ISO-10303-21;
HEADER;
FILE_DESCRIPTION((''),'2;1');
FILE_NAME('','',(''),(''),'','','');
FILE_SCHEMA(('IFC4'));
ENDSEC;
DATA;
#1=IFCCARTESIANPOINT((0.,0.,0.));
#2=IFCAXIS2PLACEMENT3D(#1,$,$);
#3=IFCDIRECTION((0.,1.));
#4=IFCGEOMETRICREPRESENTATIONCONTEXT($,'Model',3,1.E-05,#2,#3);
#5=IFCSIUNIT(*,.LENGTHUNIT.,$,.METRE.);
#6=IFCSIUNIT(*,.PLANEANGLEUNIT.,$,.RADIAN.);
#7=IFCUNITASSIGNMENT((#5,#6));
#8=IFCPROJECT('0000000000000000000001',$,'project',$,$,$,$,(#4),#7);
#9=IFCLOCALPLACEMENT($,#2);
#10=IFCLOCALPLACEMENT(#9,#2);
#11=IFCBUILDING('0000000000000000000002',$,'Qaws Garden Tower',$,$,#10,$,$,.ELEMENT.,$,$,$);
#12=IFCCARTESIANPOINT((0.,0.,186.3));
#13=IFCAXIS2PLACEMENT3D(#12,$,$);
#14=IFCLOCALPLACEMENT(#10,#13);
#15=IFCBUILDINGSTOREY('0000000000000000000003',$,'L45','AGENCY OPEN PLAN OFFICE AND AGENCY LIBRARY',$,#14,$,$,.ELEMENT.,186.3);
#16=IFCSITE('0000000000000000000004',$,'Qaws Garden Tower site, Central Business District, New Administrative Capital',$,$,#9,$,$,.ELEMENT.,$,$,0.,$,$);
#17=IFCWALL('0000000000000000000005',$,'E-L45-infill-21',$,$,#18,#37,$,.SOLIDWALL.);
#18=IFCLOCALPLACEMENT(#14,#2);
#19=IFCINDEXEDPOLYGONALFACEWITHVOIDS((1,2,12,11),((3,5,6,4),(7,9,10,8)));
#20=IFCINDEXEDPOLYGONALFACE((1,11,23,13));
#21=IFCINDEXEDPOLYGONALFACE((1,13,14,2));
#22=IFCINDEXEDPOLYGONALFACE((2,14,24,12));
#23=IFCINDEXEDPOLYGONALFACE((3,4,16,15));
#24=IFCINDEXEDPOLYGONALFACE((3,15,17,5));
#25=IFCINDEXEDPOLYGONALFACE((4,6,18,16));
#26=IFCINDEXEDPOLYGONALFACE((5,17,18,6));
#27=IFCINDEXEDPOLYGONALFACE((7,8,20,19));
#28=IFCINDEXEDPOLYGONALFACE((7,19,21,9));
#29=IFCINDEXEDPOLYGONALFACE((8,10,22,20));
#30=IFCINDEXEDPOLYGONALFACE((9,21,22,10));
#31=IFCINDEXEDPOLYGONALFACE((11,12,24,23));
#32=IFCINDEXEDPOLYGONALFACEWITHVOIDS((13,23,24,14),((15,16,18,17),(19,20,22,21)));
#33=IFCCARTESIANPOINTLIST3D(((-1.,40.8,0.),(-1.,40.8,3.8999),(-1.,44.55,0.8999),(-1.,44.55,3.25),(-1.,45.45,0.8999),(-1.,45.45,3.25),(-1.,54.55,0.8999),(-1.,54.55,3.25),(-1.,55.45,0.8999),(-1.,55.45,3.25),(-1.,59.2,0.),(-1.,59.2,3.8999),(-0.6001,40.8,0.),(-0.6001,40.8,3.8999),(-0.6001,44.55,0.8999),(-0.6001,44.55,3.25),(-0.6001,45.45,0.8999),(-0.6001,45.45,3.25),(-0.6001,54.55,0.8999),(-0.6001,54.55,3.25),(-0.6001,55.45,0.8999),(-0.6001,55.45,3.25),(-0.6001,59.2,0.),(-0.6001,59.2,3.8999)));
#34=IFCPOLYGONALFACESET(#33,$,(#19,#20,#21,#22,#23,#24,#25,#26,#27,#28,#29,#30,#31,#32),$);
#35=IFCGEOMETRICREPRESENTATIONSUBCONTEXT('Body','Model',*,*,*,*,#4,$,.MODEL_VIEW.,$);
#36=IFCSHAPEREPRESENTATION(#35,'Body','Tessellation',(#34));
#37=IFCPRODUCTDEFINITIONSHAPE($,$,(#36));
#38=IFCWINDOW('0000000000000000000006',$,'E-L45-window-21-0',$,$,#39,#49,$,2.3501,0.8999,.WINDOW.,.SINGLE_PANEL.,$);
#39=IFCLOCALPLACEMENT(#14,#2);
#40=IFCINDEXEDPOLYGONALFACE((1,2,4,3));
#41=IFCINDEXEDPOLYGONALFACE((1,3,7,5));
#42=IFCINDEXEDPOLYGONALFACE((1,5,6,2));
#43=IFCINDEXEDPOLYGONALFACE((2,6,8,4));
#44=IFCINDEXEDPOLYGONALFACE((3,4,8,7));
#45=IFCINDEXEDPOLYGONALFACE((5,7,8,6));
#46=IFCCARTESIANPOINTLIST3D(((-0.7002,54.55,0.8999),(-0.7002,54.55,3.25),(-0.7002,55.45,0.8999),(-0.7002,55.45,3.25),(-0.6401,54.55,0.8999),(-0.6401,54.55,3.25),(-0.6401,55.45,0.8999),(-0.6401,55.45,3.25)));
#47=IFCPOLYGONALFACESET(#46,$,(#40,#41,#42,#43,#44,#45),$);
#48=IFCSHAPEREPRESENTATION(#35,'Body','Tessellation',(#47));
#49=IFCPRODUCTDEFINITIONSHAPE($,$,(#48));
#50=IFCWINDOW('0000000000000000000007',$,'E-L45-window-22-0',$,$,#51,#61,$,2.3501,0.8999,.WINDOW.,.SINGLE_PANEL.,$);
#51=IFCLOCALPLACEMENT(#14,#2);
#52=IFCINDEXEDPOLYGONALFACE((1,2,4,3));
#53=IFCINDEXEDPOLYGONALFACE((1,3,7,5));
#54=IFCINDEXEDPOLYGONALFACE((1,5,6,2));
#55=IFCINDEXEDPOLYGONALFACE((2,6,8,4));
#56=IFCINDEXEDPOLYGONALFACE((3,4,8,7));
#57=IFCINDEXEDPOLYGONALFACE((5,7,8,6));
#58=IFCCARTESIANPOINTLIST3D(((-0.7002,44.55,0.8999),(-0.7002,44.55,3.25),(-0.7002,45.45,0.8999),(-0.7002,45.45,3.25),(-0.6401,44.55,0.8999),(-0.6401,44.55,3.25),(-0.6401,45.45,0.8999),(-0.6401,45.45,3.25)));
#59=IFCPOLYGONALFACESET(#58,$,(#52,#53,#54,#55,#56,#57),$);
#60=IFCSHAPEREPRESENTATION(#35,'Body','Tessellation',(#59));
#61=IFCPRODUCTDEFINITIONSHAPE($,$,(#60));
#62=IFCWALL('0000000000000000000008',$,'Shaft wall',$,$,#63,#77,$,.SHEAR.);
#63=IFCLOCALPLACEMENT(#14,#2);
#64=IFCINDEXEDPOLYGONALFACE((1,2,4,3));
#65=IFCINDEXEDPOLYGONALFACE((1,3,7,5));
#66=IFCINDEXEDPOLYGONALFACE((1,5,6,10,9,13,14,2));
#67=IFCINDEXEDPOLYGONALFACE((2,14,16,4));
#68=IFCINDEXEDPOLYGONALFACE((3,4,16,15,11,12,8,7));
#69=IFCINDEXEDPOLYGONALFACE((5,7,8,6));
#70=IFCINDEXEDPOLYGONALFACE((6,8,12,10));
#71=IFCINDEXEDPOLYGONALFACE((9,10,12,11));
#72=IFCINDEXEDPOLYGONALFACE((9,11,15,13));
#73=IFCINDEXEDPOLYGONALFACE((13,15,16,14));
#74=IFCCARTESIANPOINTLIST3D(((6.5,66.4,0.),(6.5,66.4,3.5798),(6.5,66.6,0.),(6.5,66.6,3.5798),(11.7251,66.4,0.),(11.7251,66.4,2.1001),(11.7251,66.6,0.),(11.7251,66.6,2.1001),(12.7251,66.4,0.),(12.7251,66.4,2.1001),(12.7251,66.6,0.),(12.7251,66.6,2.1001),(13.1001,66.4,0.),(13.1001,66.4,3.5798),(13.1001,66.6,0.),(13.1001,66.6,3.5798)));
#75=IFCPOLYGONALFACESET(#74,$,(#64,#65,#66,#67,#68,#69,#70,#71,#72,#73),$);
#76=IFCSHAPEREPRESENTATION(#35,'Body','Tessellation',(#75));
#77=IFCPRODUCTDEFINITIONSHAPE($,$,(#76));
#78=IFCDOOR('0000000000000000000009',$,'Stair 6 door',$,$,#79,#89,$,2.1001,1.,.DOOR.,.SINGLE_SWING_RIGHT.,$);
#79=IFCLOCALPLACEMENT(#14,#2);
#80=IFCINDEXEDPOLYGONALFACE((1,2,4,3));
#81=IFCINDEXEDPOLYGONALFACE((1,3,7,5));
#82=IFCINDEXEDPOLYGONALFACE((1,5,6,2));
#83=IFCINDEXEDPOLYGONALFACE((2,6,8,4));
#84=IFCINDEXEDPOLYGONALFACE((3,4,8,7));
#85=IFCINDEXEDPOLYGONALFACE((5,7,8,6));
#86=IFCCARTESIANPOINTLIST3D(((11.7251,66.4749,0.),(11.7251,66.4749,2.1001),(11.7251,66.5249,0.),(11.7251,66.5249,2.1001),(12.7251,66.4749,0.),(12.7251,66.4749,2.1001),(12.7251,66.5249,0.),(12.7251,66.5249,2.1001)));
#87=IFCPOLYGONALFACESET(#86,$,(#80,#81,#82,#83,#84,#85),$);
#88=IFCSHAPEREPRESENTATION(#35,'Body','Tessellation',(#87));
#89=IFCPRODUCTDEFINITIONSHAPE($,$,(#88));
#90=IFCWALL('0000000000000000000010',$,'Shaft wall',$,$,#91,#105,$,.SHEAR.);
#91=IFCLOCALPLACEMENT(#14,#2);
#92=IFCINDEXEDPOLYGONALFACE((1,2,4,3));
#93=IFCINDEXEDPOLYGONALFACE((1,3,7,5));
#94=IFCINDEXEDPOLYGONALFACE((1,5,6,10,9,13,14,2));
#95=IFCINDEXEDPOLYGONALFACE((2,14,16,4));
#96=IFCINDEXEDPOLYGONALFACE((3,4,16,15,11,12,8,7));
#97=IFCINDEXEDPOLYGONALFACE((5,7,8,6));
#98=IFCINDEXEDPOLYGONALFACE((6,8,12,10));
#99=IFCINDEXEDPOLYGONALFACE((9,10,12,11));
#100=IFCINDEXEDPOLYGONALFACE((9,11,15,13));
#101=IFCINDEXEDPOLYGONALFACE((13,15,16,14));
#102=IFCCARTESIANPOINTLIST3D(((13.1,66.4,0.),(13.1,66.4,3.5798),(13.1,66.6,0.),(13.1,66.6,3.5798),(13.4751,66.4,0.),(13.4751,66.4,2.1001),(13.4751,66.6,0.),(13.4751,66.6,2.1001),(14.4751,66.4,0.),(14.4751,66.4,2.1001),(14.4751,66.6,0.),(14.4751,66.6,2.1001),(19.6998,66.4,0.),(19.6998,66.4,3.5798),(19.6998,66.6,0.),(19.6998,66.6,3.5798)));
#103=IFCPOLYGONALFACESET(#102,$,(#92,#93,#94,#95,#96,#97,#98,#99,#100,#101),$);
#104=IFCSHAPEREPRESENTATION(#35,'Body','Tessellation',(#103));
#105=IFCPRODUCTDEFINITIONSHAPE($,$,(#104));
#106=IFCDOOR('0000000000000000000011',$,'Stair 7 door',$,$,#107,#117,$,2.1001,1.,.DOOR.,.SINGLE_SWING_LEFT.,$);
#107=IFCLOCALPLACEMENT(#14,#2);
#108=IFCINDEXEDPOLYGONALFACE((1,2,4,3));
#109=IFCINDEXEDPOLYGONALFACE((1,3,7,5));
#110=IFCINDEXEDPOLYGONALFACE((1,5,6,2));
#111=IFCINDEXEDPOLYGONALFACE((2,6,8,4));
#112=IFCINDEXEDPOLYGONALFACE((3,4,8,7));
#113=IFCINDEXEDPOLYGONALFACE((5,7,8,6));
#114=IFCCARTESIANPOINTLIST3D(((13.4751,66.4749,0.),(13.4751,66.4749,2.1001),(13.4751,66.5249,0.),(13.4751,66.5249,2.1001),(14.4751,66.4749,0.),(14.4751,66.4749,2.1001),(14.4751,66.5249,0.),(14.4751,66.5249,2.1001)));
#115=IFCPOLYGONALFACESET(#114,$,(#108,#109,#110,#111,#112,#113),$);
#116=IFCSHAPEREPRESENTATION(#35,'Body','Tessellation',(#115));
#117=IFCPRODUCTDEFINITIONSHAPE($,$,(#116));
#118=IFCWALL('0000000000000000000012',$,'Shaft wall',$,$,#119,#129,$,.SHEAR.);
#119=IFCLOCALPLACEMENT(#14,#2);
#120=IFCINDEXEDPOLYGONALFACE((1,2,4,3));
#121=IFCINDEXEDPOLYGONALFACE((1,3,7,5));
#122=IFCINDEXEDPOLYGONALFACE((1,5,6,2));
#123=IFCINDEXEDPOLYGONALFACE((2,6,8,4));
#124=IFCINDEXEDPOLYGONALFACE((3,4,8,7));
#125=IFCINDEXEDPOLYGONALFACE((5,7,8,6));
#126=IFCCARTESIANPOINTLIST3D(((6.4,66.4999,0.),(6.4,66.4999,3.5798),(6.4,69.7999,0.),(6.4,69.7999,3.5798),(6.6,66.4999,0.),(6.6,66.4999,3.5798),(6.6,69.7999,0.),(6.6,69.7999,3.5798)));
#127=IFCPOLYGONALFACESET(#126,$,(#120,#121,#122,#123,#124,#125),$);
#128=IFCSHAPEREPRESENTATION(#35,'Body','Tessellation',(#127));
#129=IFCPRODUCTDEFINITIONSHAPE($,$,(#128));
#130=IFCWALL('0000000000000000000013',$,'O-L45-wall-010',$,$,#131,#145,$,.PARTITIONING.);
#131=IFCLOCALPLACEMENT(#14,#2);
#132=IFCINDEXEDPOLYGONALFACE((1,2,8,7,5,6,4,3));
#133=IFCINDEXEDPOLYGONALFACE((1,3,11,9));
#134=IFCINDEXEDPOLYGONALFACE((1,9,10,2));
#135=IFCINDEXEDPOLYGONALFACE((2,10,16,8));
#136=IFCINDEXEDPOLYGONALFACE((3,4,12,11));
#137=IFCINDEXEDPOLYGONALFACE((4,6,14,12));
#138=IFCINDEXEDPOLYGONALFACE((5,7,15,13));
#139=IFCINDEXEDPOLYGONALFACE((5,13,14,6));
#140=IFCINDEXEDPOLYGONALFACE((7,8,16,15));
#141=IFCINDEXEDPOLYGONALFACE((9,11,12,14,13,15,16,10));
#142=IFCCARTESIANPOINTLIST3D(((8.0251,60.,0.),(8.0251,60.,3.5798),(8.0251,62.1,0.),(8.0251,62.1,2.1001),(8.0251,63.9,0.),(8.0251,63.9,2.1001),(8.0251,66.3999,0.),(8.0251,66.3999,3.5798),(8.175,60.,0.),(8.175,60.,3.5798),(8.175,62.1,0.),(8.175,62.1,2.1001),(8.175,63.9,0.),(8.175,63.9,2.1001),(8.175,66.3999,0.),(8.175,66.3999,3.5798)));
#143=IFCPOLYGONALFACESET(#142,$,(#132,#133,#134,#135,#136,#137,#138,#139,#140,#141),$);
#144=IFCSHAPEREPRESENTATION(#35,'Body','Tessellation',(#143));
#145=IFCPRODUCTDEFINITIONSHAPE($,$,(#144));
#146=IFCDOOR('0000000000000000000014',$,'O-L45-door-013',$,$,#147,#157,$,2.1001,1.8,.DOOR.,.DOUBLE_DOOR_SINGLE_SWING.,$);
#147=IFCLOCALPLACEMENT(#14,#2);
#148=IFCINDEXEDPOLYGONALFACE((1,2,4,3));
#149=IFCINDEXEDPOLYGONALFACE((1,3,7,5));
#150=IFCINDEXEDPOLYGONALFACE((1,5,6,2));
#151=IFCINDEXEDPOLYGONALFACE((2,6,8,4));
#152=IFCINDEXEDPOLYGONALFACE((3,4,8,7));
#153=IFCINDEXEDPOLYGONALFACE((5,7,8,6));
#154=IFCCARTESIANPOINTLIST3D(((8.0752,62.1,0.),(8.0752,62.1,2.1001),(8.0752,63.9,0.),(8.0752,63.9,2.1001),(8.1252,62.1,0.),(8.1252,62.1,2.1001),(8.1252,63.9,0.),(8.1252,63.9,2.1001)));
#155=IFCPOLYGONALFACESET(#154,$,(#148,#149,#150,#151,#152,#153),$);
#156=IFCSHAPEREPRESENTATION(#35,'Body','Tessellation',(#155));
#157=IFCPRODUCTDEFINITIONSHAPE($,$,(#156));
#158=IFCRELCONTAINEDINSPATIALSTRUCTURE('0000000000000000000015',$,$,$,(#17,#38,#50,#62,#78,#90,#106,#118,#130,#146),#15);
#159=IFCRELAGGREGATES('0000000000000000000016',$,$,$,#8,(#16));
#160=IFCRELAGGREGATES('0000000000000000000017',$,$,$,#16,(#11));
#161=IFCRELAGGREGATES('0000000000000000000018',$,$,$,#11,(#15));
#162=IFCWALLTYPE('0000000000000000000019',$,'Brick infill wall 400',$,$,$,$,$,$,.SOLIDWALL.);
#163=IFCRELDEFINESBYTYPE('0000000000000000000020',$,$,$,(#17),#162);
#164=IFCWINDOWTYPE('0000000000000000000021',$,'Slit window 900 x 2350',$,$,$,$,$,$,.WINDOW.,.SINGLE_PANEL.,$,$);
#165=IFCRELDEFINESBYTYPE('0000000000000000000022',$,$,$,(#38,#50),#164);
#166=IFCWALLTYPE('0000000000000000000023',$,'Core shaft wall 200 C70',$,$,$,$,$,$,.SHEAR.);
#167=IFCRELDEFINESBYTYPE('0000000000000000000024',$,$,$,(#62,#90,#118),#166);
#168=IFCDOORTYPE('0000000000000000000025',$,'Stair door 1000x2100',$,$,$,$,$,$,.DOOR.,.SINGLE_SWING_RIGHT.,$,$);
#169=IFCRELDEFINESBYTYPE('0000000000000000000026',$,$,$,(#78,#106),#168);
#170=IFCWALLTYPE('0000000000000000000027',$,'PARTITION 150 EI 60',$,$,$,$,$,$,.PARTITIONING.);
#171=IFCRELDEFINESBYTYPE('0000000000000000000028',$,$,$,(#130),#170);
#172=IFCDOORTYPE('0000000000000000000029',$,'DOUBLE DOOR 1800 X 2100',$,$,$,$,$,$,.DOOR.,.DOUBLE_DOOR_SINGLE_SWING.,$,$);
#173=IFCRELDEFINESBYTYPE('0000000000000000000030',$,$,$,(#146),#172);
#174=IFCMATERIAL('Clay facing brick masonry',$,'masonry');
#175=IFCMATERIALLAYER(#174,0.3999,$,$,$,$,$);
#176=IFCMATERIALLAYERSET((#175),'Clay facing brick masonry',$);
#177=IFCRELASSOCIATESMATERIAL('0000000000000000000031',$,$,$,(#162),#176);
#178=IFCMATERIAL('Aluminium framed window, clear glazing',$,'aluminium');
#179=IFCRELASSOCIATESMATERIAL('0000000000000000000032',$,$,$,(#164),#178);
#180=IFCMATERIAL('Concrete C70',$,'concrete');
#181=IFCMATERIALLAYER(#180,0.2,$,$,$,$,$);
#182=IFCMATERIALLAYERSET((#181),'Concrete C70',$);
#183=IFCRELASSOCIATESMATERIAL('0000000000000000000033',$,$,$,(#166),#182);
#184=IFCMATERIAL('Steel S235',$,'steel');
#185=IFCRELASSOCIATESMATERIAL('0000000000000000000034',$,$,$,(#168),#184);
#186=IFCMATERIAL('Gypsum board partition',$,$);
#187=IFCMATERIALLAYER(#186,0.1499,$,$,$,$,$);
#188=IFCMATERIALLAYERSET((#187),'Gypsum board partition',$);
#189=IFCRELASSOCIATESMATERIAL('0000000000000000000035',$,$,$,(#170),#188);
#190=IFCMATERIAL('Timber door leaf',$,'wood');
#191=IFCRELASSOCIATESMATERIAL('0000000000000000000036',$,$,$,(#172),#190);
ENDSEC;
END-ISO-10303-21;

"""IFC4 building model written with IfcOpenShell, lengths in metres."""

from ifc_helpers import new_model, si_unit, direction, frame, frame_2d, origin, place, context, subcontext, project, spatial, rectangle, extrude, material, layer, layer_set, type_object, element, fill, save


model = new_model("IFC4")

# Units and contexts
model_context = context("Model", 3, precision=1e-05, world=origin(), true_north=direction((0.0, 1.0)))
body_context = subcontext(model_context, "Body", "Model", "MODEL_VIEW")
ifc_project = project(units=[si_unit("LENGTHUNIT", "METRE"), si_unit("PLANEANGLEUNIT", "RADIAN")], contexts=[model_context])

# Site, building, storey
site_placement = place(None, origin())
site = spatial("IfcSite", under=ifc_project, at=site_placement, Name="Qaws Garden Tower site, Central Business District, New Administrative Capital", CompositionType="ELEMENT", RefElevation=0.0)
building_placement = place(site_placement, origin())
building = spatial("IfcBuilding", under=site, at=building_placement, Name="Qaws Garden Tower", CompositionType="ELEMENT")
storey_placement = place(building_placement, frame((0.0, 0.0, 186.3)))
storey = spatial("IfcBuildingStorey", under=building, at=storey_placement, Name="L45", Description="AGENCY OPEN PLAN OFFICE AND AGENCY LIBRARY", CompositionType="ELEMENT", Elevation=186.3)

# Shared definitions
ifc_material_1 = material(Name="Clay facing brick masonry", Category="masonry")
ifc_layer_1 = layer(ifc_material_1, 0.3999)
ifc_layer_set_1 = layer_set([ifc_layer_1], Name="Clay facing brick masonry")
wall_type_1 = type_object("IfcWallType", Name="Brick infill wall 400", PredefinedType="SOLIDWALL", material=ifc_layer_set_1)

# Wall, openings, windows
wall_1_placement = place(storey_placement, frame((-0.8, 59.2, 0.0), z_axis=(0.0, 0.0, 1.0), x_axis=(0.0, -1.0, 0.0)))
wall_1 = element("IfcWall", 1, at=wall_1_placement, inside=storey, type_object=wall_type_1, Name="E-L45-infill-21", PredefinedType="SOLIDWALL", context=body_context, shape_type="SweptSolid", body=[
    extrude(rectangle(XDim=18.3999, YDim=0.3999, at=frame_2d((9.2, 0.0))), origin(), (0.0, 0.0, 1.0), 3.8999),
])
opening_1_placement = place(wall_1_placement, frame((3.75, 0.0, 0.8999)))
opening_1 = element("IfcOpeningElement", 2, at=opening_1_placement, cuts=wall_1, PredefinedType="OPENING", context=body_context, shape_type="SweptSolid", body=[
    extrude(rectangle(XDim=0.8999, YDim=2.3501, at=frame_2d((0.45, 1.175))), frame((0.0, 0.21, 0.0), z_axis=(0.0, -1.0, 0.0), x_axis=(1.0, 0.0, 0.0)), (0.0, 0.0, 1.0), 0.4199),
])
opening_2_placement = place(wall_1_placement, frame((13.75, 0.0, 0.8999)))
opening_2 = element("IfcOpeningElement", 3, at=opening_2_placement, cuts=wall_1, PredefinedType="OPENING", context=body_context, shape_type="SweptSolid", body=[
    extrude(rectangle(XDim=0.8999, YDim=2.3501, at=frame_2d((0.45, 1.175))), frame((0.0, 0.21, 0.0), z_axis=(0.0, -1.0, 0.0), x_axis=(1.0, 0.0, 0.0)), (0.0, 0.0, 1.0), 0.4199),
])
ifc_material_2 = material(Name="Aluminium framed window, clear glazing", Category="aluminium")
window_type_1 = type_object("IfcWindowType", Name="Slit window 900 x 2350", PartitioningType="SINGLE_PANEL", PredefinedType="WINDOW", material=ifc_material_2)
window_1_placement = place(opening_1_placement, origin())
window_1 = element("IfcWindow", 4, at=window_1_placement, inside=storey, type_object=window_type_1, Name="E-L45-window-21-0", OverallHeight=2.3501, OverallWidth=0.8999, PartitioningType="SINGLE_PANEL", PredefinedType="WINDOW", context=body_context, shape_type="SweptSolid", body=[
    extrude(rectangle(XDim=0.8999, YDim=2.3501, at=frame_2d((0.45, 1.175))), frame((0.0, 0.1599, 0.0), z_axis=(0.0, -1.0, 0.0), x_axis=(1.0, 0.0, 0.0)), (0.0, 0.0, 1.0), 0.0601),
])
fill(opening_1, window_1)
window_2_placement = place(opening_2_placement, origin())
window_2 = element("IfcWindow", 5, at=window_2_placement, inside=storey, type_object=window_type_1, Name="E-L45-window-22-0", OverallHeight=2.3501, OverallWidth=0.8999, PartitioningType="SINGLE_PANEL", PredefinedType="WINDOW", context=body_context, shape_type="SweptSolid", body=[
    extrude(rectangle(XDim=0.8999, YDim=2.3501, at=frame_2d((0.45, 1.175))), frame((0.0, 0.1599, 0.0), z_axis=(0.0, -1.0, 0.0), x_axis=(1.0, 0.0, 0.0)), (0.0, 0.0, 1.0), 0.0601),
])
fill(opening_2, window_2)

# Walls, openings, doors
ifc_material_3 = material(Name="Concrete C70", Category="concrete")
ifc_layer_2 = layer(ifc_material_3, 0.2)
ifc_layer_set_2 = layer_set([ifc_layer_2], Name="Concrete C70")
wall_type_2 = type_object("IfcWallType", Name="Core shaft wall 200 C70", PredefinedType="SHEAR", material=ifc_layer_set_2)
wall_2_placement = place(storey_placement, frame((6.5, 66.5, 0.0), z_axis=(0.0, 0.0, 1.0), x_axis=(1.0, 0.0, 0.0)))
wall_2 = element("IfcWall", 6, at=wall_2_placement, inside=storey, type_object=wall_type_2, Name="Shaft wall", PredefinedType="SHEAR", context=body_context, shape_type="SweptSolid", body=[
    extrude(rectangle(XDim=6.6001, YDim=0.2, at=frame_2d((3.3, 0.0))), origin(), (0.0, 0.0, 1.0), 3.5798),
])
opening_3_placement = place(wall_2_placement, frame((5.2251, 0.0, 0.0)))
opening_3 = element("IfcOpeningElement", 7, at=opening_3_placement, cuts=wall_2, PredefinedType="OPENING", context=body_context, shape_type="SweptSolid", body=[
    extrude(rectangle(XDim=1.0, YDim=2.1001, at=frame_2d((0.5, 1.05))), frame((0.0, 0.1099, 0.0), z_axis=(0.0, -1.0, 0.0), x_axis=(1.0, 0.0, 0.0)), (0.0, 0.0, 1.0), 0.22),
])
ifc_material_4 = material(Name="Steel S235", Category="steel")
door_type_1 = type_object("IfcDoorType", Name="Stair door 1000x2100", OperationType="SINGLE_SWING_RIGHT", PredefinedType="DOOR", material=ifc_material_4)
door_1_placement = place(opening_3_placement, origin())
door_1 = element("IfcDoor", 8, at=door_1_placement, inside=storey, type_object=door_type_1, Name="Stair 6 door", OperationType="SINGLE_SWING_RIGHT", OverallHeight=2.1001, OverallWidth=1.0, PredefinedType="DOOR", context=body_context, shape_type="SweptSolid", body=[
    extrude(rectangle(XDim=1.0, YDim=2.1001, at=frame_2d((0.5, 1.05))), frame((0.0, 0.0249, 0.0), z_axis=(0.0, -1.0, 0.0), x_axis=(1.0, 0.0, 0.0)), (0.0, 0.0, 1.0), 0.05),
])
fill(opening_3, door_1)
wall_3_placement = place(storey_placement, frame((13.1001, 66.5, 0.0), z_axis=(0.0, 0.0, 1.0), x_axis=(1.0, 0.0, 0.0)))
wall_3 = element("IfcWall", 9, at=wall_3_placement, inside=storey, type_object=wall_type_2, Name="Shaft wall", PredefinedType="SHEAR", context=body_context, shape_type="SweptSolid", body=[
    extrude(rectangle(XDim=6.5999, YDim=0.2, at=frame_2d((3.2998, 0.0))), origin(), (0.0, 0.0, 1.0), 3.5798),
])
opening_4_placement = place(wall_3_placement, frame((0.375, 0.0, 0.0)))
opening_4 = element("IfcOpeningElement", 10, at=opening_4_placement, cuts=wall_3, PredefinedType="OPENING", context=body_context, shape_type="SweptSolid", body=[
    extrude(rectangle(XDim=1.0, YDim=2.1001, at=frame_2d((0.5, 1.05))), frame((0.0, 0.1099, 0.0), z_axis=(0.0, -1.0, 0.0), x_axis=(1.0, 0.0, 0.0)), (0.0, 0.0, 1.0), 0.22),
])
door_2_placement = place(opening_4_placement, origin())
door_2 = element("IfcDoor", 11, at=door_2_placement, inside=storey, type_object=door_type_1, Name="Stair 7 door", OperationType="SINGLE_SWING_LEFT", OverallHeight=2.1001, OverallWidth=1.0, PredefinedType="DOOR", context=body_context, shape_type="SweptSolid", body=[
    extrude(rectangle(XDim=1.0, YDim=2.1001, at=frame_2d((0.5, 1.05))), frame((0.0, 0.0249, 0.0), z_axis=(0.0, -1.0, 0.0), x_axis=(1.0, 0.0, 0.0)), (0.0, 0.0, 1.0), 0.05),
])
fill(opening_4, door_2)

# Wall
wall_4_placement = place(storey_placement, frame((6.5, 66.5, 0.0), z_axis=(0.0, 0.0, 1.0), x_axis=(0.0, 1.0, 0.0)))
element("IfcWall", 12, at=wall_4_placement, inside=storey, type_object=wall_type_2, Name="Shaft wall", PredefinedType="SHEAR", context=body_context, shape_type="SweptSolid", body=[
    extrude(rectangle(XDim=3.3, YDim=0.2, at=frame_2d((1.6499, 0.0))), origin(), (0.0, 0.0, 1.0), 3.5798),
])

# Wall, opening, door
ifc_material_5 = material(Name="Gypsum board partition")
ifc_layer_3 = layer(ifc_material_5, 0.1499)
ifc_layer_set_3 = layer_set([ifc_layer_3], Name="Gypsum board partition")
wall_type_3 = type_object("IfcWallType", Name="PARTITION 150 EI 60", PredefinedType="PARTITIONING", material=ifc_layer_set_3)
wall_5_placement = place(storey_placement, frame((8.1001, 60.0, 0.0), z_axis=(0.0, 0.0, 1.0), x_axis=(0.0, 1.0, 0.0)))
wall_5 = element("IfcWall", 13, at=wall_5_placement, inside=storey, type_object=wall_type_3, Name="O-L45-wall-010", PredefinedType="PARTITIONING", context=body_context, shape_type="SweptSolid", body=[
    extrude(rectangle(XDim=6.3999, YDim=0.1499, at=frame_2d((3.2, 0.0))), origin(), (0.0, 0.0, 1.0), 3.5798),
])
opening_5_placement = place(wall_5_placement, frame((2.1001, 0.0, 0.0)))
opening_5 = element("IfcOpeningElement", 14, at=opening_5_placement, cuts=wall_5, PredefinedType="OPENING", context=body_context, shape_type="SweptSolid", body=[
    extrude(rectangle(XDim=1.8, YDim=2.1001, at=frame_2d((0.8999, 1.05))), frame((0.0, 0.085, 0.0), z_axis=(0.0, -1.0, 0.0), x_axis=(1.0, 0.0, 0.0)), (0.0, 0.0, 1.0), 0.1699),
])
ifc_material_6 = material(Name="Timber door leaf", Category="wood")
door_type_2 = type_object("IfcDoorType", Name="DOUBLE DOOR 1800 X 2100", OperationType="DOUBLE_DOOR_SINGLE_SWING", PredefinedType="DOOR", material=ifc_material_6)
door_3_placement = place(opening_5_placement, origin())
door_3 = element("IfcDoor", 15, at=door_3_placement, inside=storey, type_object=door_type_2, Name="O-L45-door-013", OperationType="DOUBLE_DOOR_SINGLE_SWING", OverallHeight=2.1001, OverallWidth=1.8, PredefinedType="DOOR", context=body_context, shape_type="SweptSolid", body=[
    extrude(rectangle(XDim=1.8, YDim=2.1001, at=frame_2d((0.8999, 1.05))), frame((0.0, 0.0249, 0.0), z_axis=(0.0, -1.0, 0.0), x_axis=(1.0, 0.0, 0.0)), (0.0, 0.0, 1.0), 0.05),
])
fill(opening_5, door_3)

save(model, "model.ifc")
